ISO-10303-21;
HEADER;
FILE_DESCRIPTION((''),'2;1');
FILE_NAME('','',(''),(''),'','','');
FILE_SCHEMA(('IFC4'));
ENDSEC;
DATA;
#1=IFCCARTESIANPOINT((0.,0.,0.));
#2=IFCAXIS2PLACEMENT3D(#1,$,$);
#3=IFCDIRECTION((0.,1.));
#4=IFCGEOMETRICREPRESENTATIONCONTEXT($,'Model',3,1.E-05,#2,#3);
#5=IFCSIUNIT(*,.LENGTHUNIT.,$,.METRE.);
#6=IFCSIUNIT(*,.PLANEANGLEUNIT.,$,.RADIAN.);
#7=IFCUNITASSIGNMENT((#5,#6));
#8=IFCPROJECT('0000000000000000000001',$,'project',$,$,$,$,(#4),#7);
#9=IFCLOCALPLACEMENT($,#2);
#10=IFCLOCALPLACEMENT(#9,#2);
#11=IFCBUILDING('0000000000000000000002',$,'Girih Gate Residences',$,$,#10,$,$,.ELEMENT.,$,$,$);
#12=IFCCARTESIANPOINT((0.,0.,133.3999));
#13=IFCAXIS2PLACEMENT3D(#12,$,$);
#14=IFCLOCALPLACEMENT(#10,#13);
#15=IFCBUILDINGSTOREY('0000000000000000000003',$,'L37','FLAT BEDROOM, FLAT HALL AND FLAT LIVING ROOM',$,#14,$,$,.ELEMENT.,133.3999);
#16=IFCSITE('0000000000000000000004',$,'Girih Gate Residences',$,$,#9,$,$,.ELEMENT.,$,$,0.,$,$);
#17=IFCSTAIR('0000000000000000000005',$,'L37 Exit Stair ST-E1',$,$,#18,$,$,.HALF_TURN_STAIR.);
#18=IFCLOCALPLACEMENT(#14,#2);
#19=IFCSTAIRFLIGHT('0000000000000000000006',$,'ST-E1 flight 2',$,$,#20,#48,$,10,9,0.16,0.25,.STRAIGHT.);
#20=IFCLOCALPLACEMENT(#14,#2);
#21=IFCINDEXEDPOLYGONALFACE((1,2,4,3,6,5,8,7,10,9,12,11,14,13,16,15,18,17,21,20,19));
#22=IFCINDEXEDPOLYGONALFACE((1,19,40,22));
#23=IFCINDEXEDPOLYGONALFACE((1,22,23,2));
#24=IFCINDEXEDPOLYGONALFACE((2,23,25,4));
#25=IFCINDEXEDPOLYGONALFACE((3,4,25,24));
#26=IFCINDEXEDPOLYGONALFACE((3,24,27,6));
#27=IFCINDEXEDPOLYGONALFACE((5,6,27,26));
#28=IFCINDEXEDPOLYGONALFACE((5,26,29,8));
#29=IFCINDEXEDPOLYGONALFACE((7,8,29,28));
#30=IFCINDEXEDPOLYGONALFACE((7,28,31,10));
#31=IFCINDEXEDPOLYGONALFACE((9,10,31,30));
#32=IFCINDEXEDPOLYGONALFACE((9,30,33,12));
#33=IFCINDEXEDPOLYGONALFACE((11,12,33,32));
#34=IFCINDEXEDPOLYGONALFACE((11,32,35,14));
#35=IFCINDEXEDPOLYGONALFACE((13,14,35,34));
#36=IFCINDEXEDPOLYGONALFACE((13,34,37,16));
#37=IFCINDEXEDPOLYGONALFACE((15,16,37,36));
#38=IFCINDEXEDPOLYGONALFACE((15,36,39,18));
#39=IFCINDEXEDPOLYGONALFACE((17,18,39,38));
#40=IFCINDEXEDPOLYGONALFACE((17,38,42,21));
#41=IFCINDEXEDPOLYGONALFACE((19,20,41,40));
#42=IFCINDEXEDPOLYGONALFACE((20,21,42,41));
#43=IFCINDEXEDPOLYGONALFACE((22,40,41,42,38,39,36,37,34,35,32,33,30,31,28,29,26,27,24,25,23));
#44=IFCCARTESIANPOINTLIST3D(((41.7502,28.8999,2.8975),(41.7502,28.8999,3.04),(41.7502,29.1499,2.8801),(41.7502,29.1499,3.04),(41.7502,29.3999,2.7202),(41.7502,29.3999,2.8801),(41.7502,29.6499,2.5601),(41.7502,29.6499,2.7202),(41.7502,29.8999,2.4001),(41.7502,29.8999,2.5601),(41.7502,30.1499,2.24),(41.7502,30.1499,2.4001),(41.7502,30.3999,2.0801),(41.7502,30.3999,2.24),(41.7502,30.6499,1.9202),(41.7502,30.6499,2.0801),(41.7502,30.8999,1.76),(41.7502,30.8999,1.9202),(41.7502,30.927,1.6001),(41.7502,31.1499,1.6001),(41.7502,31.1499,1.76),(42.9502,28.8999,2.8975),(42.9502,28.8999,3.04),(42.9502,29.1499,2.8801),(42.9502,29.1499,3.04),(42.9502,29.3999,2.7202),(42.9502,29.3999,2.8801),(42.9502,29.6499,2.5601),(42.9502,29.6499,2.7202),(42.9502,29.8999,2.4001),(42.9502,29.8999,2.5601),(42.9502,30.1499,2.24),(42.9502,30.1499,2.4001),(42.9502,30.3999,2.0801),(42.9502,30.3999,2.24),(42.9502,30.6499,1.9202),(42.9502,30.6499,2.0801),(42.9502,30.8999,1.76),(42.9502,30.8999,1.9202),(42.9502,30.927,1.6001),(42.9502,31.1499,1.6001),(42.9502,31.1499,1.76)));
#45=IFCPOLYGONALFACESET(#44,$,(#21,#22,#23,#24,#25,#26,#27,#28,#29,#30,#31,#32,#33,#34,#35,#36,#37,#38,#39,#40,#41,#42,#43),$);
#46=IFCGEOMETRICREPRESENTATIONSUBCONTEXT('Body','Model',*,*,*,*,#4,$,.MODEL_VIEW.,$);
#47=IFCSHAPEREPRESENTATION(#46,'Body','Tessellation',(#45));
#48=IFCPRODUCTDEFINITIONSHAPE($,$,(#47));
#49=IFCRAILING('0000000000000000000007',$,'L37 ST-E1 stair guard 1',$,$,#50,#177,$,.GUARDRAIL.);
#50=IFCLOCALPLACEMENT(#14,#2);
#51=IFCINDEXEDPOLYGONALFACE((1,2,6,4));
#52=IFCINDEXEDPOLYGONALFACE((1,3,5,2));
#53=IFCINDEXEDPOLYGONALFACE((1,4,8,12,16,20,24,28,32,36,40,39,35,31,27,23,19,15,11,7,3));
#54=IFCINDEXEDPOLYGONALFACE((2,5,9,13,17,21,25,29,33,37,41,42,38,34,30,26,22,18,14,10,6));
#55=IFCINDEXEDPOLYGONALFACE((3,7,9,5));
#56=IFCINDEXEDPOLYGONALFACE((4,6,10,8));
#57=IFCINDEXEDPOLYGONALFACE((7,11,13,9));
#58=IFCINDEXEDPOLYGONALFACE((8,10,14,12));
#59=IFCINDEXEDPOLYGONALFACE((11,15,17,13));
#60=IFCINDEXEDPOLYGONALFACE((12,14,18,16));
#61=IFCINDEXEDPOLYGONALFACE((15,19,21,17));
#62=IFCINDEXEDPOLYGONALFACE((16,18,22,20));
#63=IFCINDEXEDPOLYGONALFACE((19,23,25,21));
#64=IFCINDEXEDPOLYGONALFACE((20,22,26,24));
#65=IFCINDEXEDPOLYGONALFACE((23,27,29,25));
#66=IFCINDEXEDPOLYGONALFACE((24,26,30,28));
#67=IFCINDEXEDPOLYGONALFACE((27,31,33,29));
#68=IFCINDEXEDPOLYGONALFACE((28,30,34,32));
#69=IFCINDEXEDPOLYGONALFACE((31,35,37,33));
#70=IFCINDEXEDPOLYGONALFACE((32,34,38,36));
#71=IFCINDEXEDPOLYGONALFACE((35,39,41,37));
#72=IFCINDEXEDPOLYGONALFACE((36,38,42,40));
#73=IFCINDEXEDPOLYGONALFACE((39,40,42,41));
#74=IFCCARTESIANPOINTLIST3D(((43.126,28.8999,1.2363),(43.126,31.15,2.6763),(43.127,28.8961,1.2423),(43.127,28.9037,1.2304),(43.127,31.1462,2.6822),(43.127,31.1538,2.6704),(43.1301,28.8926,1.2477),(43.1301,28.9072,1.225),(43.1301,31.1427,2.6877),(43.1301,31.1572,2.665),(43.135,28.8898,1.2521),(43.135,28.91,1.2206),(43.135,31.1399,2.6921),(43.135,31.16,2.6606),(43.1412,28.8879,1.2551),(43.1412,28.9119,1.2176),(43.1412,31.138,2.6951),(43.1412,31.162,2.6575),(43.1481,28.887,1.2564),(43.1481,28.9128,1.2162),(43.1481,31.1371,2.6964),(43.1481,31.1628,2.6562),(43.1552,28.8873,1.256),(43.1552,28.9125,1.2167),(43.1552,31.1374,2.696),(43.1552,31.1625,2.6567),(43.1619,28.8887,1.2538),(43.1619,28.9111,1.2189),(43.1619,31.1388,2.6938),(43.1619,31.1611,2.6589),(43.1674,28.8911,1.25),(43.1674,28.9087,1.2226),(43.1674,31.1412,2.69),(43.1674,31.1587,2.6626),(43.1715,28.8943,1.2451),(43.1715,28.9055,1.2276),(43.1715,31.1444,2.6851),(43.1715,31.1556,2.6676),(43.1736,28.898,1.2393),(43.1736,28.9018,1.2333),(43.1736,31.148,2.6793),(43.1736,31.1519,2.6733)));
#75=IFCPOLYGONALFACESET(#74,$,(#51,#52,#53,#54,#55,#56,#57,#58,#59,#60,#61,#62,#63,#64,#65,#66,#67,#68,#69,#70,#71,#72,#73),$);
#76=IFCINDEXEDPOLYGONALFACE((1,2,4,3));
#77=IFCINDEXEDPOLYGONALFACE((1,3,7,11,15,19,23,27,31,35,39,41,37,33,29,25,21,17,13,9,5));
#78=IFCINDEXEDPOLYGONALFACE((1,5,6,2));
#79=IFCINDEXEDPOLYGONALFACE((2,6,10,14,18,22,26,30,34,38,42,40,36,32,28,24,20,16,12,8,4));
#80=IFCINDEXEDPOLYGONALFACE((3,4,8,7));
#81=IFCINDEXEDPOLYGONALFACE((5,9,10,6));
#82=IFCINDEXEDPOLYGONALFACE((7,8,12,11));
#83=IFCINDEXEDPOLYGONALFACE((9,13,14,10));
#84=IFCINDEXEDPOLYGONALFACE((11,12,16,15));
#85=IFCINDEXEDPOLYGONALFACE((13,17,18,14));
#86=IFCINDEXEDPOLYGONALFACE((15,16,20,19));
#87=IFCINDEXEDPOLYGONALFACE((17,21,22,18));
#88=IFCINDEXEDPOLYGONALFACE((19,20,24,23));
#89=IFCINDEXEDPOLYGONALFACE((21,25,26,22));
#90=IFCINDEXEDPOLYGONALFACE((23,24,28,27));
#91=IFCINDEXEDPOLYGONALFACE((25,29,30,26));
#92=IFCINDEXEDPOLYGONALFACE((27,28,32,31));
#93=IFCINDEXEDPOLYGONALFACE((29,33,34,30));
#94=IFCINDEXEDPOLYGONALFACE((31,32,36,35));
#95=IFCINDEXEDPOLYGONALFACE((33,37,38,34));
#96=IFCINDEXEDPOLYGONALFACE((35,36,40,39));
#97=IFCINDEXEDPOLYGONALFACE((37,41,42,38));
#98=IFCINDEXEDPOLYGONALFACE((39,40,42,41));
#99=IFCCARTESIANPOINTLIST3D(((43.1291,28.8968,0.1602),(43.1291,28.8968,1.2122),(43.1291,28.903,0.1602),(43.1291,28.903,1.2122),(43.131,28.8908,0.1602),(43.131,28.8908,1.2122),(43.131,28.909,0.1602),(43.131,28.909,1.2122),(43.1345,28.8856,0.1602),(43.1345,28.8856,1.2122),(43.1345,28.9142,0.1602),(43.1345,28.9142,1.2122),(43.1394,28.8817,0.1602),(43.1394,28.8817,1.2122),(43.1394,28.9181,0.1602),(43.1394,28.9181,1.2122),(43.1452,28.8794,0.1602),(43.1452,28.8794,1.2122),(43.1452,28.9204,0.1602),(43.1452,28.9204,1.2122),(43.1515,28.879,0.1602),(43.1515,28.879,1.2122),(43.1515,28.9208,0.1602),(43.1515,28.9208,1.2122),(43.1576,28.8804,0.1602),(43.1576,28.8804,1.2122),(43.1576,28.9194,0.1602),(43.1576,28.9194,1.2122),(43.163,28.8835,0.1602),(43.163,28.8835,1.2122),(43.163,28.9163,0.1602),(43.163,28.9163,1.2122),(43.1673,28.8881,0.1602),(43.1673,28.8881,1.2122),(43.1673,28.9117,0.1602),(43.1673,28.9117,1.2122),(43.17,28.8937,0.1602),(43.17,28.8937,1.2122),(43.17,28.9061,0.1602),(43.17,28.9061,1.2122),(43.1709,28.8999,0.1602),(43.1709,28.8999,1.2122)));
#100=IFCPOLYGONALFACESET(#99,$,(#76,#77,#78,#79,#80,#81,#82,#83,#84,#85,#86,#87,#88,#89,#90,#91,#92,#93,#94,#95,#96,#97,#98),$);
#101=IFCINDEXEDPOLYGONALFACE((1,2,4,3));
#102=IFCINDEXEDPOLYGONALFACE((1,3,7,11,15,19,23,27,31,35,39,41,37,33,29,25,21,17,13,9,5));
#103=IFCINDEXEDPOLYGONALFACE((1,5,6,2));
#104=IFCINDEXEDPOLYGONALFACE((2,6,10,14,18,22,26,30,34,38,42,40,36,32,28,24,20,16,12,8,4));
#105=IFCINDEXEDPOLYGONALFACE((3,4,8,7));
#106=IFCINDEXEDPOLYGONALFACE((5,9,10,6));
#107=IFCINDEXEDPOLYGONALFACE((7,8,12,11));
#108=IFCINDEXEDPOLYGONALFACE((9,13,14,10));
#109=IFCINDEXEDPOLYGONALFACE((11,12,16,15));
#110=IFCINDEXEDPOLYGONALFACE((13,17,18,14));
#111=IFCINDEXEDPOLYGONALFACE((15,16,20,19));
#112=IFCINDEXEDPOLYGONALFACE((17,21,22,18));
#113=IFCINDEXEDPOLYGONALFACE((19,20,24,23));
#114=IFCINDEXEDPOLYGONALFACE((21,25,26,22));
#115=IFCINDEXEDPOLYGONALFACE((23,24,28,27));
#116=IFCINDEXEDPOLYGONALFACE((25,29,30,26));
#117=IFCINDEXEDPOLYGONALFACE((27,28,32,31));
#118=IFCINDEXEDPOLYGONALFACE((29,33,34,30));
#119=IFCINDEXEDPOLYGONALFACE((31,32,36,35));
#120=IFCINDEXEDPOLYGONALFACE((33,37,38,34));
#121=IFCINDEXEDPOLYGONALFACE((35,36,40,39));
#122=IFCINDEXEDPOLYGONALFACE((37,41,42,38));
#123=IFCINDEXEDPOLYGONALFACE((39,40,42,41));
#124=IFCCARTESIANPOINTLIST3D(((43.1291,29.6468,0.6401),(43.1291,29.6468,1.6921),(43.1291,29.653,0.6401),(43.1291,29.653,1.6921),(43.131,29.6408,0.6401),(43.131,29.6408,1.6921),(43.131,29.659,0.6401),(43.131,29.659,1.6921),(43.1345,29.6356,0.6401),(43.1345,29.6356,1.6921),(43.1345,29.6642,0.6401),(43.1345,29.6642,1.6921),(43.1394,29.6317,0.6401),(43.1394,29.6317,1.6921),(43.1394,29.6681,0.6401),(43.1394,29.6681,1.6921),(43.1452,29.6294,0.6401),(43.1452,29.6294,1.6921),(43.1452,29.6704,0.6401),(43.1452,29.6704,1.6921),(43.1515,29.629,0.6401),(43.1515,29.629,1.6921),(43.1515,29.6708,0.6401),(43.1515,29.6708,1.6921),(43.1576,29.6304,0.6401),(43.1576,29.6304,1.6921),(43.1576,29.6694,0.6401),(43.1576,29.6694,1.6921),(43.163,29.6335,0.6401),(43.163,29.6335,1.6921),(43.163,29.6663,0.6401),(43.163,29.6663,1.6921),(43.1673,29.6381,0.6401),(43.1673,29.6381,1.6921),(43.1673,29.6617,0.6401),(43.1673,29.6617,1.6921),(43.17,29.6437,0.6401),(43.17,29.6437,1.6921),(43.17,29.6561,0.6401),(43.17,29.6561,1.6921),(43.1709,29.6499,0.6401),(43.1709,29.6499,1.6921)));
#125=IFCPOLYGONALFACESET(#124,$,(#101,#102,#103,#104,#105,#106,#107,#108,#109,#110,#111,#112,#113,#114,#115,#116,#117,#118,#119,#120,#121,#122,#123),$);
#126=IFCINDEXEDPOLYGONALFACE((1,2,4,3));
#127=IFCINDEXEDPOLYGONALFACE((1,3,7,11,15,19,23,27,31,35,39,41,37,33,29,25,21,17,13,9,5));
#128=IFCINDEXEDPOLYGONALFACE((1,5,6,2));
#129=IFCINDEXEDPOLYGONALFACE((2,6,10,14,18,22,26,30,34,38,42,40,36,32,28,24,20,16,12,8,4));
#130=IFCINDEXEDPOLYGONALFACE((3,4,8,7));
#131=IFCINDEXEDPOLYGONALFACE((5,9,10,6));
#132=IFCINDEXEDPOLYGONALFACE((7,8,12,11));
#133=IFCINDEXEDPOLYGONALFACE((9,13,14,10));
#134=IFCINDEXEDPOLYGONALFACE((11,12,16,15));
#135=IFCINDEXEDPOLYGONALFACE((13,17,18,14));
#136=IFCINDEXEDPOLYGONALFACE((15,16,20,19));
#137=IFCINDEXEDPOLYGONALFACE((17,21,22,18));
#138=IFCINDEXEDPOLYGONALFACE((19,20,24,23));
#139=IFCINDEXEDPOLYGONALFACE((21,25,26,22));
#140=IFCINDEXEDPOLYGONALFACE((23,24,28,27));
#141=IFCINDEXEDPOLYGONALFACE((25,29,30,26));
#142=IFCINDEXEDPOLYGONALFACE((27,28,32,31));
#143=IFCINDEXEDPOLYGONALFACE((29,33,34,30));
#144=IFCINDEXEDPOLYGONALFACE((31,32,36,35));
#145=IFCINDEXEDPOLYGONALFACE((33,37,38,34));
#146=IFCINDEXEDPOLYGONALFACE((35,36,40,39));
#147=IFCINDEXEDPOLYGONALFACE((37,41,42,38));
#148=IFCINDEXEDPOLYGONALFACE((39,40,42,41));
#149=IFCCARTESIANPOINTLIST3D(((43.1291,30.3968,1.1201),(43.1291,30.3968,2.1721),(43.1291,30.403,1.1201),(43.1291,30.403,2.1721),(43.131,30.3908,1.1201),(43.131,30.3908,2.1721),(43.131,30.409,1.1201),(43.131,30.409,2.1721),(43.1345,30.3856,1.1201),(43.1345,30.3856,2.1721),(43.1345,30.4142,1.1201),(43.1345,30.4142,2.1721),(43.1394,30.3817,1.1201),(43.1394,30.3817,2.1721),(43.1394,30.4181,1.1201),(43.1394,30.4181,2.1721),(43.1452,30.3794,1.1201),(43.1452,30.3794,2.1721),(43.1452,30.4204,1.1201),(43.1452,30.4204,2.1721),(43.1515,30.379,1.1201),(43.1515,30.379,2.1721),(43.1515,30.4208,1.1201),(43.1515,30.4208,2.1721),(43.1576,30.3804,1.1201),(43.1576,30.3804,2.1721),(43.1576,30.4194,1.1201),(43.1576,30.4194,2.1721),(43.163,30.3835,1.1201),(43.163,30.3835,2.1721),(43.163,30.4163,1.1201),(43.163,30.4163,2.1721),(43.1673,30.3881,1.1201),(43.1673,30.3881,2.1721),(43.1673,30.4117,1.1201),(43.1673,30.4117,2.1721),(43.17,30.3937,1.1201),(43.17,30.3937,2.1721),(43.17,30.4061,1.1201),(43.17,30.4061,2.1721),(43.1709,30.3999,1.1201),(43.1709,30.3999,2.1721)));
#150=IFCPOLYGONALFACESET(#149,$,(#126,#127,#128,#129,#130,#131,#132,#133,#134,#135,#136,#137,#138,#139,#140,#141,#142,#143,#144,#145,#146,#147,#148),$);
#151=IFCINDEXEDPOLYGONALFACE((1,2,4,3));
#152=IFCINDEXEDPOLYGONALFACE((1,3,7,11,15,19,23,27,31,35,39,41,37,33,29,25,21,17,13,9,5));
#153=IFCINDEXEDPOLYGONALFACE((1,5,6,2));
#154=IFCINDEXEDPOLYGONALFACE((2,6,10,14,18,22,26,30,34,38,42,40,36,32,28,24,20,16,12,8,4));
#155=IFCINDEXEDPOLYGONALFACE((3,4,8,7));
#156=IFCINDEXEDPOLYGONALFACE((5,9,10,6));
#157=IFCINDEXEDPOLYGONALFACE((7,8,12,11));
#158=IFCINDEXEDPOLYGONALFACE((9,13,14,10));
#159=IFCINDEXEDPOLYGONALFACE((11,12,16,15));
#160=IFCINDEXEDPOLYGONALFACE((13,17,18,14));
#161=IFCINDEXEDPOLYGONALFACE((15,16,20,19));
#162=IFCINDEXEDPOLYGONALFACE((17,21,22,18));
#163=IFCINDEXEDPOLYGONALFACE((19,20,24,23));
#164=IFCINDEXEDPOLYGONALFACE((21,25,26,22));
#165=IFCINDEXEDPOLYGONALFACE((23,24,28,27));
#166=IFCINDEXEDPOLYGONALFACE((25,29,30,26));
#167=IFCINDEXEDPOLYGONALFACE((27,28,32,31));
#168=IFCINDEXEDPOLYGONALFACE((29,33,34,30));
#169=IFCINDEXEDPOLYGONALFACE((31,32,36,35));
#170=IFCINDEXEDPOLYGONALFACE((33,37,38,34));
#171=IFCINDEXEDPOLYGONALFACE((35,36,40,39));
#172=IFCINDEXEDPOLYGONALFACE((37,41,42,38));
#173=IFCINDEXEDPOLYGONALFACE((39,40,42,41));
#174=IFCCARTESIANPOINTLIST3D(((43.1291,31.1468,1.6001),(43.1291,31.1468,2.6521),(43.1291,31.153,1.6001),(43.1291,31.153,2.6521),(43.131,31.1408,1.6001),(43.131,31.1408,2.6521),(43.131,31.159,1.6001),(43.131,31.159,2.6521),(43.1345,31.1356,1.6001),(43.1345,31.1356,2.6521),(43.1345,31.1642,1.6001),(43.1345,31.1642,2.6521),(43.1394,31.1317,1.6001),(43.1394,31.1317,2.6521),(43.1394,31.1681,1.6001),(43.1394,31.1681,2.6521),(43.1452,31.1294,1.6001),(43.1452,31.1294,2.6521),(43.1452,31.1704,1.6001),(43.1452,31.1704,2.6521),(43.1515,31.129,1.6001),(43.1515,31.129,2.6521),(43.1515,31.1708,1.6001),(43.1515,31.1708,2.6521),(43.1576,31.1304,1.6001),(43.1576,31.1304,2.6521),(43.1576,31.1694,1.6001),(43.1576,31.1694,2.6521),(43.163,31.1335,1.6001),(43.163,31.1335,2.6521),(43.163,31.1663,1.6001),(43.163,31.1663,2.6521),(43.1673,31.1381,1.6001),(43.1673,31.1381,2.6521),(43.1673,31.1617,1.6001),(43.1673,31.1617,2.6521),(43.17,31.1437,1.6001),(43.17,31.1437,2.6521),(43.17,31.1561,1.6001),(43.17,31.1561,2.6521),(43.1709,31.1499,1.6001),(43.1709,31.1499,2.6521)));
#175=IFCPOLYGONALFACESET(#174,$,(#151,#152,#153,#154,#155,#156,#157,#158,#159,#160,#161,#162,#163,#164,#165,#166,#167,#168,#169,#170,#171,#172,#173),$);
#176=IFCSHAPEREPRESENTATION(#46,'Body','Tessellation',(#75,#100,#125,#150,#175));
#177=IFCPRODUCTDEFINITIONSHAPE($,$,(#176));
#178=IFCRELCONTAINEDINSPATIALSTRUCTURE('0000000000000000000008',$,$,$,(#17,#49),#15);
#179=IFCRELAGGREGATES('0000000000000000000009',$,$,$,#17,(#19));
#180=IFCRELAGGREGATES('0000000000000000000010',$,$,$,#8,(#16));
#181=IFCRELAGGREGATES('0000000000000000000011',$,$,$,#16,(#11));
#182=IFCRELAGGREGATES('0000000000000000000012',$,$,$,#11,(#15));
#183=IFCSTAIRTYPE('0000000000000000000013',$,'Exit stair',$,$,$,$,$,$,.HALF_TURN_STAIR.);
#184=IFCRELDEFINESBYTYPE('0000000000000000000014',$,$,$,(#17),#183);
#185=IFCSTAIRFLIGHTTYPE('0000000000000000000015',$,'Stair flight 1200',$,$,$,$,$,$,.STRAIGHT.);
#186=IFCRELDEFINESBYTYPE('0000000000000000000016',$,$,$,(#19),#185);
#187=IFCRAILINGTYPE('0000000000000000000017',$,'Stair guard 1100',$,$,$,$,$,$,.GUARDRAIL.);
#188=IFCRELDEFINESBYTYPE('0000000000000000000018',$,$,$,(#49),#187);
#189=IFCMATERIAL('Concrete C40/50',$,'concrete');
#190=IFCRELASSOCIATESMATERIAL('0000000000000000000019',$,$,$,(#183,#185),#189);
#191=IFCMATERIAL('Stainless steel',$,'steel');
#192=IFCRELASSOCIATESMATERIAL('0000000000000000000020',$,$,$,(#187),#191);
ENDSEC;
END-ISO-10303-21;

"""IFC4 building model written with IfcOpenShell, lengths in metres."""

from ifc_helpers import new_model, si_unit, direction, frame, origin, origin_2d, place, context, subcontext, project, spatial, polyline, circle, outline, extrude, material, type_object, element, aggregate, save


model = new_model("IFC4")

# Units and contexts
model_context = context("Model", 3, precision=1e-05, world=origin(), true_north=direction((0.0, 1.0)))
body_context = subcontext(model_context, "Body", "Model", "MODEL_VIEW")
ifc_project = project(units=[si_unit("LENGTHUNIT", "METRE"), si_unit("PLANEANGLEUNIT", "RADIAN")], contexts=[model_context])

# Site, building, storey
site_placement = place(None, origin())
site = spatial("IfcSite", under=ifc_project, at=site_placement, Name="Girih Gate Residences", CompositionType="ELEMENT", RefElevation=0.0)
building_placement = place(site_placement, origin())
building = spatial("IfcBuilding", under=site, at=building_placement, Name="Girih Gate Residences", CompositionType="ELEMENT")
storey_placement = place(building_placement, frame((0.0, 0.0, 133.3999)))
storey = spatial("IfcBuildingStorey", under=building, at=storey_placement, Name="L37", Description="FLAT BEDROOM, FLAT HALL AND FLAT LIVING ROOM", CompositionType="ELEMENT", Elevation=133.3999)

# Shared definitions
ifc_material_1 = material(Name="Concrete C40/50", Category="concrete")

# Stair, stair flight
stair_type = type_object("IfcStairType", Name="Exit stair", PredefinedType="HALF_TURN_STAIR", material=ifc_material_1)
stair_placement = place(storey_placement, origin())
stair = element("IfcStair", 1, at=stair_placement, inside=storey, type_object=stair_type, Name="L37 Exit Stair ST-E1", PredefinedType="HALF_TURN_STAIR")
stair_flight_type = type_object("IfcStairFlightType", Name="Stair flight 1200", PredefinedType="STRAIGHT", material=ifc_material_1)
stair_flight_1_placement = place(storey_placement, frame((42.3501, 31.1499, 1.6001), z_axis=(0.0, 0.0, 1.0), x_axis=(0.0, -1.0, 0.0)))
stair_flight_1 = element("IfcStairFlight", 2, at=stair_flight_1_placement, type_object=stair_flight_type, Name="ST-E1 flight 2", NumberOfRisers=10, NumberOfTreads=9, PredefinedType="STRAIGHT", RiserHeight=0.16, TreadLength=0.25, context=body_context, shape_type="SweptSolid", body=[
    extrude(outline(polyline([(0.0, 0.0), (0.0, 0.1599), (0.25, 0.1599), (0.25, 0.3201), (0.5, 0.3201), (0.5, 0.48), (0.75, 0.48), (0.75, 0.6399), (1.0, 0.6399), (1.0, 0.8), (1.25, 0.8), (1.25, 0.96), (1.5, 0.96), (1.5, 1.1201), (1.75, 1.1201), (1.75, 1.28), (2.0, 1.28), (2.0, 1.4399), (2.25, 1.4399), (2.25, 1.6001), (2.25, 1.2974), (0.2229, 0.0), (0.0, 0.0)])), frame((0.0, 0.6001, 0.0), z_axis=(0.0, -1.0, 0.0), x_axis=(1.0, 0.0, 0.0)), (0.0, 0.0, 1.0), 1.2),
])
aggregate(stair, [stair_flight_1])

# Railing
ifc_material_2 = material(Name="Stainless steel", Category="steel")
railing_type_1 = type_object("IfcRailingType", Name="Stair guard 1100", PredefinedType="GUARDRAIL", material=ifc_material_2)
railing_1_placement = place(storey_placement, frame((43.1499, 28.8999, 0.1602)))
element("IfcRailing", 3, at=railing_1_placement, inside=storey, type_object=railing_type_1, Name="L37 ST-E1 stair guard 1", PredefinedType="GUARDRAIL", context=body_context, shape_type="SweptSolid", body=[
    extrude(circle(Radius=0.0239, at=origin_2d()), frame((0.0, 0.0, 1.0762), z_axis=(0.0, 0.842281, 0.539038), x_axis=(-1.0, 0.0, 0.0)), (0.0, 0.0, 1.0), 2.6714),
    extrude(circle(Radius=0.021, at=origin_2d()), origin(), (0.0, 0.0, 1.0), 1.052),
    extrude(circle(Radius=0.021, at=origin_2d()), frame((0.0, 0.75, 0.48)), (0.0, 0.0, 1.0), 1.052),
    extrude(circle(Radius=0.021, at=origin_2d()), frame((0.0, 1.5, 0.96)), (0.0, 0.0, 1.0), 1.052),
    extrude(circle(Radius=0.021, at=origin_2d()), frame((0.0, 2.25, 1.4399)), (0.0, 0.0, 1.0), 1.052),
])

save(model, "model.ifc")
